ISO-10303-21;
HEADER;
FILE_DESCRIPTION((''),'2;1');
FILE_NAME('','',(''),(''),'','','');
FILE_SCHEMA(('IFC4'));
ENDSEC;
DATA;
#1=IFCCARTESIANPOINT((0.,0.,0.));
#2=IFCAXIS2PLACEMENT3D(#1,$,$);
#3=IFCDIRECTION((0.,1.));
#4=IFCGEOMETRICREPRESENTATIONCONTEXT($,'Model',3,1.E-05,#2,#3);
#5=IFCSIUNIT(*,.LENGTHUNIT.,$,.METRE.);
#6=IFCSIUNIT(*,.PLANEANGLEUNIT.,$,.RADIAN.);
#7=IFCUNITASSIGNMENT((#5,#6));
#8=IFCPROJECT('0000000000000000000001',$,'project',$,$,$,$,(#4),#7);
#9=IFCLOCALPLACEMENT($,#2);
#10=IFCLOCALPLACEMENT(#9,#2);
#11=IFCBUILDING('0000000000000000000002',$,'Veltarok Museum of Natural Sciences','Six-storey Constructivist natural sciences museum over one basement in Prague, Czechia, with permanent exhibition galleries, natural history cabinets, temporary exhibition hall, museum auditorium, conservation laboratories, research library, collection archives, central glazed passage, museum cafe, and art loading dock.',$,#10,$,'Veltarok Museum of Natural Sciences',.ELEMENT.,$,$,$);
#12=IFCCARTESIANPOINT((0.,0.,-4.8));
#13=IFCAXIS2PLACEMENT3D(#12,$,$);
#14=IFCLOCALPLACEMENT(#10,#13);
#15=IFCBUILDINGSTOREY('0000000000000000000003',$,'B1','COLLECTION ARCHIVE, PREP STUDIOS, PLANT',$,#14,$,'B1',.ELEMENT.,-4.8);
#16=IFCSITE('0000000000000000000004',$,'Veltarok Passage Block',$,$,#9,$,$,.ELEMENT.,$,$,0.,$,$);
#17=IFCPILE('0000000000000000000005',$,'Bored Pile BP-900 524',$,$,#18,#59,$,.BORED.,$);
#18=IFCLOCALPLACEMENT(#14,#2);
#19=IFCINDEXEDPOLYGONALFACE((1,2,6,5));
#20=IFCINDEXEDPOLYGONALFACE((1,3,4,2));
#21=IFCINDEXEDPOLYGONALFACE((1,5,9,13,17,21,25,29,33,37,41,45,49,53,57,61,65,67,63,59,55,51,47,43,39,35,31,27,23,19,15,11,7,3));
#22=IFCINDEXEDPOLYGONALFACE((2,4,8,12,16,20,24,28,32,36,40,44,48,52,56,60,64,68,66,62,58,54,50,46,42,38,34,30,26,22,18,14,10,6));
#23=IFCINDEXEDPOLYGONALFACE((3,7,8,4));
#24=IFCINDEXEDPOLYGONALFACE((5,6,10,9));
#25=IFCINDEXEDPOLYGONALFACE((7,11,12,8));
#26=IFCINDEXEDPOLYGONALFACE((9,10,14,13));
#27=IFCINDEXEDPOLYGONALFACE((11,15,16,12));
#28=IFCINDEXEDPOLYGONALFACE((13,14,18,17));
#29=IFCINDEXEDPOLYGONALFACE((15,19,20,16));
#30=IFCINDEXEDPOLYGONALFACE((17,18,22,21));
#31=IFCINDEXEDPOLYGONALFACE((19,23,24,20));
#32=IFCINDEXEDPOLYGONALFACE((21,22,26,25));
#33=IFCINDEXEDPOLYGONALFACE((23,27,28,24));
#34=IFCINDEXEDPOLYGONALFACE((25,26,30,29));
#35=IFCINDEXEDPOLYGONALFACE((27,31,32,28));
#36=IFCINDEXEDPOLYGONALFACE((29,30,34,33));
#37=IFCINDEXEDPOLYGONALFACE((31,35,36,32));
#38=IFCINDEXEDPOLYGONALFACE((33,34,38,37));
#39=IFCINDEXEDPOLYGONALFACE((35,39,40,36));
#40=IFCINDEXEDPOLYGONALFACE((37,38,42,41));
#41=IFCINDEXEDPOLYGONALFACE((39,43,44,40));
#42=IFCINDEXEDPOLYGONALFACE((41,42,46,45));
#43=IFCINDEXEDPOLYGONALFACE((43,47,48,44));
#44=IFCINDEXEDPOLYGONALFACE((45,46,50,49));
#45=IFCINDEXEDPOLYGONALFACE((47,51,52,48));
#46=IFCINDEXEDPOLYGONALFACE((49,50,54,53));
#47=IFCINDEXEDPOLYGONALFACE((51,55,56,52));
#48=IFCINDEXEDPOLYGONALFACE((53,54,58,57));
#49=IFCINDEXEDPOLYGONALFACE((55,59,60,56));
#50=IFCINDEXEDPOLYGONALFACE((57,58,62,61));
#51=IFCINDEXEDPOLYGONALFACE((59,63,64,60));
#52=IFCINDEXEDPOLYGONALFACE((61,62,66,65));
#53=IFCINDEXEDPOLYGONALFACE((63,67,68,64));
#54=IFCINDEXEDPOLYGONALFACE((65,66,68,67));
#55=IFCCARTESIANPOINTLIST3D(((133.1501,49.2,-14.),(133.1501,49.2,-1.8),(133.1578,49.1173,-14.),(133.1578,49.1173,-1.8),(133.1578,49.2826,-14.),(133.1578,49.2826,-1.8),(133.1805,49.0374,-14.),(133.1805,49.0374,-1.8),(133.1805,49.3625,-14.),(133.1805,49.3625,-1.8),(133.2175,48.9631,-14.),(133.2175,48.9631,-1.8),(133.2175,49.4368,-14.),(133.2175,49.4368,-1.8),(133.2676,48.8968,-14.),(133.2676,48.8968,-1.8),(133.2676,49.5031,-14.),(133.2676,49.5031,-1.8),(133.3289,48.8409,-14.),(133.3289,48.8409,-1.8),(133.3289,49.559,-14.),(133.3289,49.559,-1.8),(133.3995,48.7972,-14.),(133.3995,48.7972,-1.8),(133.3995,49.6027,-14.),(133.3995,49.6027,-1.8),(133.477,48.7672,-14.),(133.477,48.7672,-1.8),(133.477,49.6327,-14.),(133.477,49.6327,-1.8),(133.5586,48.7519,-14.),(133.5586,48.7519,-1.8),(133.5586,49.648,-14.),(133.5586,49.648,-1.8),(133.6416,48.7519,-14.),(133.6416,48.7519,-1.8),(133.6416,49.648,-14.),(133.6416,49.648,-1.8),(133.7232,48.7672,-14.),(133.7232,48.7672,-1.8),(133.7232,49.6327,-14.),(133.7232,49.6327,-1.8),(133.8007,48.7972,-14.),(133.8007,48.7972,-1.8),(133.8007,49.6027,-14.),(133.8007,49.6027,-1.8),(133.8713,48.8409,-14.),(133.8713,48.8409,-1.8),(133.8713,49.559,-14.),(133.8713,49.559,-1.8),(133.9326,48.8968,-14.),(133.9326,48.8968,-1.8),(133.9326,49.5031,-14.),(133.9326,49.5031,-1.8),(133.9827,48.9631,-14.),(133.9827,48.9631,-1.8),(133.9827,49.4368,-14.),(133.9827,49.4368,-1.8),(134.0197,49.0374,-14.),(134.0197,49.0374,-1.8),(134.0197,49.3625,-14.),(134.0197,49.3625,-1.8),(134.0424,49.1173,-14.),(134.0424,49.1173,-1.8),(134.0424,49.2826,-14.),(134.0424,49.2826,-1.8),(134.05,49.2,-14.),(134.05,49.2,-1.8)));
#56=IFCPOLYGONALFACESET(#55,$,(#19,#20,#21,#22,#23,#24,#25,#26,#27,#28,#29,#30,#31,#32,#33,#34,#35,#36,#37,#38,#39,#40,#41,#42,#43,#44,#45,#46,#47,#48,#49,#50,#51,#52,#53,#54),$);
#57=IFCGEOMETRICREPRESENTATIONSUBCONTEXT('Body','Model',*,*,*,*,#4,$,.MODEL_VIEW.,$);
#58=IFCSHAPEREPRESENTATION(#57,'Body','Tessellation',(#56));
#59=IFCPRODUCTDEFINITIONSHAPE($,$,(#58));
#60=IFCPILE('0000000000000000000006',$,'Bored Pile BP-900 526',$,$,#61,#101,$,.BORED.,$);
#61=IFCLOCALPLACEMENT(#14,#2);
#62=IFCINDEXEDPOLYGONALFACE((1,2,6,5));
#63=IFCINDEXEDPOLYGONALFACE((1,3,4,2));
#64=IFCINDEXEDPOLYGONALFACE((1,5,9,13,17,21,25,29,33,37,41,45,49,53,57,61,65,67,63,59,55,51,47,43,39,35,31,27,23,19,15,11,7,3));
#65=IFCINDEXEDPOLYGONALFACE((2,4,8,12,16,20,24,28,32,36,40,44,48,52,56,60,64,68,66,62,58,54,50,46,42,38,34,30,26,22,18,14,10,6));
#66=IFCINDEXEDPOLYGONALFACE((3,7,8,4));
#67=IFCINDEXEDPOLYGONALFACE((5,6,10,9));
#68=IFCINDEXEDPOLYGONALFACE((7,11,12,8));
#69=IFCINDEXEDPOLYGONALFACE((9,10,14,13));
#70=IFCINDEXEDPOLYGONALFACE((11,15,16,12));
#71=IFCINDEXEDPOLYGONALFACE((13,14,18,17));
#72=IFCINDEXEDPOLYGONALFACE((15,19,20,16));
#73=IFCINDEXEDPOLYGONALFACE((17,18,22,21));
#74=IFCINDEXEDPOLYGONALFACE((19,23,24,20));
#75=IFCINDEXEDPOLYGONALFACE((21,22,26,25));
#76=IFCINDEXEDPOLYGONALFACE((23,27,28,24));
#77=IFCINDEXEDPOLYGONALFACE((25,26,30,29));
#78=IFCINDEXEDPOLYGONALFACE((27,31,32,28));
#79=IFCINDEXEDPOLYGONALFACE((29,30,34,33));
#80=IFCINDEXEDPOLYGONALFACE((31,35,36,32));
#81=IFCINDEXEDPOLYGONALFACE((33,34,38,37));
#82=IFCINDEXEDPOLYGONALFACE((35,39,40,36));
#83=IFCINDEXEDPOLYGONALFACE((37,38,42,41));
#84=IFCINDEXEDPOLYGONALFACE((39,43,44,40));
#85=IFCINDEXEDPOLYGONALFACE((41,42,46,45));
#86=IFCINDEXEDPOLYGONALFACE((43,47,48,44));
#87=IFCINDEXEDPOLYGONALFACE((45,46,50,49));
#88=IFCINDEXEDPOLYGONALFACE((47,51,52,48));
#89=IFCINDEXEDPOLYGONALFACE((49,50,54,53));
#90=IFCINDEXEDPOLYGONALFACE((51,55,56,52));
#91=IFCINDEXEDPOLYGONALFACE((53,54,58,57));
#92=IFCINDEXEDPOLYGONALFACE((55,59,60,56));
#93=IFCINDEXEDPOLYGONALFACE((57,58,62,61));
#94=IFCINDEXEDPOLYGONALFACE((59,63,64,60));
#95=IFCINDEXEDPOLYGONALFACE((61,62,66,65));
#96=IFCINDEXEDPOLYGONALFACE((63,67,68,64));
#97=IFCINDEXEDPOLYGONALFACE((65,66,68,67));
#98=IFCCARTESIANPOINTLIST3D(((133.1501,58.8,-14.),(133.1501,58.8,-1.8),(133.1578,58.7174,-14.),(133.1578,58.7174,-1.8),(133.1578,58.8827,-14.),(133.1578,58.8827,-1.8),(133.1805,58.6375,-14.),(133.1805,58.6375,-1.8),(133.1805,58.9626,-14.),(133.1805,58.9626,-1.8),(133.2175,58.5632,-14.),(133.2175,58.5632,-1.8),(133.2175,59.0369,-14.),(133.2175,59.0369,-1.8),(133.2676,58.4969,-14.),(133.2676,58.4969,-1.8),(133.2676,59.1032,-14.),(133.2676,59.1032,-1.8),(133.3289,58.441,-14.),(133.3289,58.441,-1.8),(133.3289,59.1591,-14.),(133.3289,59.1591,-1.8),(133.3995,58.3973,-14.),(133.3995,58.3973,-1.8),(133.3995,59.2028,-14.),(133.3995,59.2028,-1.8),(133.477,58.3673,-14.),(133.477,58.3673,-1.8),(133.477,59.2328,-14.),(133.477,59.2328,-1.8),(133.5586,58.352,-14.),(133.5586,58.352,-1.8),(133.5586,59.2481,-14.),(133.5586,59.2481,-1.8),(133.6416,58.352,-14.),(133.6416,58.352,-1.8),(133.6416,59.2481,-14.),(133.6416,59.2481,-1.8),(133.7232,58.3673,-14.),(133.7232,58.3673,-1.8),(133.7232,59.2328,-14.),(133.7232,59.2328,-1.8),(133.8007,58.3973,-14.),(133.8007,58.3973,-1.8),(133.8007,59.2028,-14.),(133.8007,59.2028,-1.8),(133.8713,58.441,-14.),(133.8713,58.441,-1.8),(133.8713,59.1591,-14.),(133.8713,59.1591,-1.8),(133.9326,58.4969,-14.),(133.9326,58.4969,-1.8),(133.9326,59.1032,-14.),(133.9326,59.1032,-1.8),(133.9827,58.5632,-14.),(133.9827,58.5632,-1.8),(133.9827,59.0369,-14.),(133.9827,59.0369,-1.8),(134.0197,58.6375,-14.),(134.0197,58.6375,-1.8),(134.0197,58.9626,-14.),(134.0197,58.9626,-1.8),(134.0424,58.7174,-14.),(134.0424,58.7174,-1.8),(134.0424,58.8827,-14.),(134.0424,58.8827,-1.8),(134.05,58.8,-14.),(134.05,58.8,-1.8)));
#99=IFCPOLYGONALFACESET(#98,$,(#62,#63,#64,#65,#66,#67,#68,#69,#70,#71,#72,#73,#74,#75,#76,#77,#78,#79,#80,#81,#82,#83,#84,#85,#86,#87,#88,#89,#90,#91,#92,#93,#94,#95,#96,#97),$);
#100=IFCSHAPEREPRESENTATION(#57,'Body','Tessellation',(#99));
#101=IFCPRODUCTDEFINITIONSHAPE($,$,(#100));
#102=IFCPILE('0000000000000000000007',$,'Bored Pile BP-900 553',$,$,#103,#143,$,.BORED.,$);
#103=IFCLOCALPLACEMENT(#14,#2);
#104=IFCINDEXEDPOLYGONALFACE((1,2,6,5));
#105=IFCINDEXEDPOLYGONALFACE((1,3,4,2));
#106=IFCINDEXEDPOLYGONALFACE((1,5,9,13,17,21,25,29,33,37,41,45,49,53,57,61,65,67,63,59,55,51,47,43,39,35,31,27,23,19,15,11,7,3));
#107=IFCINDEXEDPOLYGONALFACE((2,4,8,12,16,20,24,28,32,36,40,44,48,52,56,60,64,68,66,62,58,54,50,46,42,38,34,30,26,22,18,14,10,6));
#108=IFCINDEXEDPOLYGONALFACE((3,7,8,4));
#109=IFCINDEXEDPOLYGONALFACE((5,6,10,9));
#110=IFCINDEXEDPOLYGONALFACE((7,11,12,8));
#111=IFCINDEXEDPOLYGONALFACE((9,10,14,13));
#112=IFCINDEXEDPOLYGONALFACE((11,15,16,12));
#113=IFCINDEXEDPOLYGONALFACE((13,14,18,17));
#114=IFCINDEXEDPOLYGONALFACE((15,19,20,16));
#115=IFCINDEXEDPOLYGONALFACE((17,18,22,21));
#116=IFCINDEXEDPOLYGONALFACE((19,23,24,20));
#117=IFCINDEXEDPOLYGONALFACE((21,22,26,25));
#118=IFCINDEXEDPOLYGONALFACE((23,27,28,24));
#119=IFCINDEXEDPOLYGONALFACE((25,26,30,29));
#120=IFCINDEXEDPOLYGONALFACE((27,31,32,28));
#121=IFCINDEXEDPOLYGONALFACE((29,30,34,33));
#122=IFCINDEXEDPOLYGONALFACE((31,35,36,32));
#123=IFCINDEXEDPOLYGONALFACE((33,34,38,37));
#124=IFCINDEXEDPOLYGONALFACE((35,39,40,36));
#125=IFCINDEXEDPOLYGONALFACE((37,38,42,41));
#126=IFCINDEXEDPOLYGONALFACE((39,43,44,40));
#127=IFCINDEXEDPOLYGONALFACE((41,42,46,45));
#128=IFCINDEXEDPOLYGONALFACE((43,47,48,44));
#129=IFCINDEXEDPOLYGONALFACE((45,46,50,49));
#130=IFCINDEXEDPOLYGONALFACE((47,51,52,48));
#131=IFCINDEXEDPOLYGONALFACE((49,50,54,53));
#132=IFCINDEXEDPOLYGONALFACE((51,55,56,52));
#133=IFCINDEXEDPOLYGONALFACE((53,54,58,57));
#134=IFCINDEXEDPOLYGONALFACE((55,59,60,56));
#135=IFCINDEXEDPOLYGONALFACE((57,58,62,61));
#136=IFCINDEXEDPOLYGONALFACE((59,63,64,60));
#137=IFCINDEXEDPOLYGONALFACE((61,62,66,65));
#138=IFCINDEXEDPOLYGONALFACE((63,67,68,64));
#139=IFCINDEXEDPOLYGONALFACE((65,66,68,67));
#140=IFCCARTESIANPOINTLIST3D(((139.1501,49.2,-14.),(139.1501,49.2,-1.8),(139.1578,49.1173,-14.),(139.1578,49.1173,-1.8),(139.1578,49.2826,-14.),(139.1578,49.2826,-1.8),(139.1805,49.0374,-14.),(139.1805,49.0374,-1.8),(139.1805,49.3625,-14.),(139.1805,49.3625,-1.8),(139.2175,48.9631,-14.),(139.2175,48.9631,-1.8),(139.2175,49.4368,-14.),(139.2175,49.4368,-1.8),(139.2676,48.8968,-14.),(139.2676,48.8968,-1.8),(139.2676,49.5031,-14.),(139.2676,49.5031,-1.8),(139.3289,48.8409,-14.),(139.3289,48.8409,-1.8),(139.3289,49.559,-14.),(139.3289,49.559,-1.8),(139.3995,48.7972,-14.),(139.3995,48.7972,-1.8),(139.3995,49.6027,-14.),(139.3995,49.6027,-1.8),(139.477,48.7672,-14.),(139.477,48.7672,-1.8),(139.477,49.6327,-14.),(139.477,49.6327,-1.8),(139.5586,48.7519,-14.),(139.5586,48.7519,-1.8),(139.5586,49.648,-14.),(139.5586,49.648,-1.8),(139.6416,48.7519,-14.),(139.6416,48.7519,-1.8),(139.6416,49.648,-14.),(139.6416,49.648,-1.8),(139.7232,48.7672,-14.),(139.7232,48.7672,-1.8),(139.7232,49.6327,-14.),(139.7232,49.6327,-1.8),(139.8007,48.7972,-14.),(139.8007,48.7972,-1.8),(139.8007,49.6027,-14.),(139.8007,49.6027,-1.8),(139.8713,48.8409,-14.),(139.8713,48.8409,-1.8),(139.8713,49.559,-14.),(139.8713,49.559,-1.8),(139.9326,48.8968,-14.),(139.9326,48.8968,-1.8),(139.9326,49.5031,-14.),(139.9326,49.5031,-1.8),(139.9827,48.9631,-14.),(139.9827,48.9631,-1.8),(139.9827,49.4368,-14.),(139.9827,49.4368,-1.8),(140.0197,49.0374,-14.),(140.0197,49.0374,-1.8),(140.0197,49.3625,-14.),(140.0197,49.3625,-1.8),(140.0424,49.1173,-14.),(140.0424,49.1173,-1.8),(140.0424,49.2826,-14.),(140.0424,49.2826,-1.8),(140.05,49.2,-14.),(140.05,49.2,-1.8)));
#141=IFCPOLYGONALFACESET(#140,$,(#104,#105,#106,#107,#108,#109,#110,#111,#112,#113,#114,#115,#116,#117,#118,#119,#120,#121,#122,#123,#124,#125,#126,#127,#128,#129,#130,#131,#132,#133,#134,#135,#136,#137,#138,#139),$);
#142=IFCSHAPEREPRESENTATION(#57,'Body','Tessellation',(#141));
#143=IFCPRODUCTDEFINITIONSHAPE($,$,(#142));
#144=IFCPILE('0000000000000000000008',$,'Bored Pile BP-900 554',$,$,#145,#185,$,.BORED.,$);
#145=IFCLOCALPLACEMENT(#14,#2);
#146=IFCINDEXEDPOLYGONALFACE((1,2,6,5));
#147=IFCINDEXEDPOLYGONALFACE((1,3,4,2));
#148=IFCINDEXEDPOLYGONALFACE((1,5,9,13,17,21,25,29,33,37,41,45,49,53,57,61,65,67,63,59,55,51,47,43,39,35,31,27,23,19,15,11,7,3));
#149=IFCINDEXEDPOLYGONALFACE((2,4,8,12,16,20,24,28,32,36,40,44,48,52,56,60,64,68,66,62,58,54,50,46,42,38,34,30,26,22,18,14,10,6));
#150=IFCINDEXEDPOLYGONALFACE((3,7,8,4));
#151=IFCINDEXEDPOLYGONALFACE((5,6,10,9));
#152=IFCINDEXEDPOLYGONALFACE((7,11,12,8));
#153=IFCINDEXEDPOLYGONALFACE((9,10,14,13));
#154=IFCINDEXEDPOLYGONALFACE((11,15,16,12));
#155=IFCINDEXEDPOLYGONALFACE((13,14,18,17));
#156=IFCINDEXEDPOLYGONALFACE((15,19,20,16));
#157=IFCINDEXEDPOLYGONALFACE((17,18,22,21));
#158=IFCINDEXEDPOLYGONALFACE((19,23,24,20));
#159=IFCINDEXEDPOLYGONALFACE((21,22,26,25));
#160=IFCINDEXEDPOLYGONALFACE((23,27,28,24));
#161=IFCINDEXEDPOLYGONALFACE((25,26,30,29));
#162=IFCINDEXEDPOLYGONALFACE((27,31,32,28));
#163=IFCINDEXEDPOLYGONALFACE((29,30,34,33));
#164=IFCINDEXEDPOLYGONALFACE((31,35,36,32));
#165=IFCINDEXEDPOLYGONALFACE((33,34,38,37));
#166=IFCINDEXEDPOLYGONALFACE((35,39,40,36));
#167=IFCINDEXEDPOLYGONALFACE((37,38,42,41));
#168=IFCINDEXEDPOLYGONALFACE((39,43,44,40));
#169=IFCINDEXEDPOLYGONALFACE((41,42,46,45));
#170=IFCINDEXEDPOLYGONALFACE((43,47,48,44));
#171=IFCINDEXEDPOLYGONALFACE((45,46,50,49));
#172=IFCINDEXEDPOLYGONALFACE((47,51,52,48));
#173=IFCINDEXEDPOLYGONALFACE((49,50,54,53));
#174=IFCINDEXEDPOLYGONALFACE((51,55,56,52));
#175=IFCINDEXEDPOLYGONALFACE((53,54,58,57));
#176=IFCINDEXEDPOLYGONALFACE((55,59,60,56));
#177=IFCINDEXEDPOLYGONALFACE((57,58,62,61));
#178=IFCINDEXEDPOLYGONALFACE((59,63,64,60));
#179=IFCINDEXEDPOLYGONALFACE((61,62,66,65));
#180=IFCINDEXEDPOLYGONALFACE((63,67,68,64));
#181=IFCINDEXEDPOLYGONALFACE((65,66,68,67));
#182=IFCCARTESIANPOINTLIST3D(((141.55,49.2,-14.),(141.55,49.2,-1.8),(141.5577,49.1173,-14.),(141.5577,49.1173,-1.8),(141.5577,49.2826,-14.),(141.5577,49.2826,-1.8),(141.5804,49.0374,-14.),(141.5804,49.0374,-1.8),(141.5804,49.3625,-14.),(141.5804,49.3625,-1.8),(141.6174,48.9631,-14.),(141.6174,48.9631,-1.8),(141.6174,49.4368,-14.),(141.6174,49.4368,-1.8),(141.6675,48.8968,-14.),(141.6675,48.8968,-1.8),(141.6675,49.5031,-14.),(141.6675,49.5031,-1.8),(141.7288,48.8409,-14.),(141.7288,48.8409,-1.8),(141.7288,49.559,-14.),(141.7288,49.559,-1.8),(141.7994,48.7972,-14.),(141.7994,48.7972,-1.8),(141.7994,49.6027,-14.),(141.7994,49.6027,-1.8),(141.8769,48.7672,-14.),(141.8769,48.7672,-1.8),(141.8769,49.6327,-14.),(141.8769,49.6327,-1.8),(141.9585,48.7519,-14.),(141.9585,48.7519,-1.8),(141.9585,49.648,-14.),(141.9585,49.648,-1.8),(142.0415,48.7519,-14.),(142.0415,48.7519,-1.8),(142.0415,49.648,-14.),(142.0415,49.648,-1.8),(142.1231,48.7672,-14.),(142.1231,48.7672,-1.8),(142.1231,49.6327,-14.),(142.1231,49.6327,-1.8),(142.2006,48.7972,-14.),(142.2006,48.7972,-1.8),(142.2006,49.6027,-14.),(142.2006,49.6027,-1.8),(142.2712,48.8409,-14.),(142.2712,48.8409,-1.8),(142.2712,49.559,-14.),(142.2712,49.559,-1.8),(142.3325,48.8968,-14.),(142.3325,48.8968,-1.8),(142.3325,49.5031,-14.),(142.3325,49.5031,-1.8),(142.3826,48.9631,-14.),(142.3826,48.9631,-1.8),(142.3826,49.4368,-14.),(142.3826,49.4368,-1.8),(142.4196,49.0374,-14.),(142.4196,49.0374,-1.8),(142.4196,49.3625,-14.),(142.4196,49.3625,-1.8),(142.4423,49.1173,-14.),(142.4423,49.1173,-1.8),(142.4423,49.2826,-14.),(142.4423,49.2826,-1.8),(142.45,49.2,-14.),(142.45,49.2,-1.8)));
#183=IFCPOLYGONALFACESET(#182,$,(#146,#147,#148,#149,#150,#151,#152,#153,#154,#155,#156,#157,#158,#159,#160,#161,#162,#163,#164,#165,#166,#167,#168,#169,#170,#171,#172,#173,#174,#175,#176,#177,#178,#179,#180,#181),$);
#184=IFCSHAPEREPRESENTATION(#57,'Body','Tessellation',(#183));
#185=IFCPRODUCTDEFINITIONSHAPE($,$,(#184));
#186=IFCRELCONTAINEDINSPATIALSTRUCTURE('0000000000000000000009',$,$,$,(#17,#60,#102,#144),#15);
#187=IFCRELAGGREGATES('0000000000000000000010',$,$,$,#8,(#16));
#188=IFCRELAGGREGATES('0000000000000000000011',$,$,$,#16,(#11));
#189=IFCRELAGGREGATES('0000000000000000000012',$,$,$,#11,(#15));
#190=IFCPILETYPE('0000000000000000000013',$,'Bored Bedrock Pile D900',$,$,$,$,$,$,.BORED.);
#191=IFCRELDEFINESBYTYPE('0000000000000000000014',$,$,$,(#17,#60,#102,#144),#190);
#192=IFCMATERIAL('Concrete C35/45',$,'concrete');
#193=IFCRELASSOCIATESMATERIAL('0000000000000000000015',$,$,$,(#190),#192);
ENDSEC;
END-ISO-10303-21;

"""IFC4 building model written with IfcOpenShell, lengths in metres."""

from ifc_helpers import new_model, si_unit, direction, frame, origin, origin_2d, place, context, subcontext, project, spatial, circle, extrude, material, material_profile, profile_set, type_object, element, save


model = new_model("IFC4")

# Units and contexts
model_context = context("Model", 3, precision=1e-05, world=origin(), true_north=direction((0.0, 1.0)))
body_context = subcontext(model_context, "Body", "Model", "MODEL_VIEW")
ifc_project = project(units=[si_unit("LENGTHUNIT", "METRE"), si_unit("PLANEANGLEUNIT", "RADIAN")], contexts=[model_context])

# Site, building, storey
site_placement = place(None, origin())
site = spatial("IfcSite", under=ifc_project, at=site_placement, Name="Veltarok Passage Block", CompositionType="ELEMENT", RefElevation=0.0)
building_placement = place(site_placement, origin())
building = spatial("IfcBuilding", under=site, at=building_placement, Name="Veltarok Museum of Natural Sciences", Description="Six-storey Constructivist natural sciences museum over one basement in Prague, Czechia, with permanent exhibition galleries, natural history cabinets, temporary exhibition hall, museum auditorium, conservation laboratories, research library, collection archives, central glazed passage, museum cafe, and art loading dock.", LongName="Veltarok Museum of Natural Sciences", CompositionType="ELEMENT")
storey_placement = place(building_placement, frame((0.0, 0.0, -4.8)))
storey = spatial("IfcBuildingStorey", under=building, at=storey_placement, Name="B1", Description="COLLECTION ARCHIVE, PREP STUDIOS, PLANT", LongName="B1", CompositionType="ELEMENT", Elevation=-4.8)

# Piles
ifc_material_1 = material(Name="Concrete C35/45", Category="concrete")
ifc_material_profile_1 = material_profile(ifc_material_1, circle(Radius=0.45, at=origin_2d()), Name="BP D900")
ifc_profile_set_1 = profile_set([ifc_material_profile_1], Name="Concrete C35/45")
pile_type = type_object("IfcPileType", Name="Bored Bedrock Pile D900", PredefinedType="BORED", material=ifc_profile_set_1)
for number, where, z_axis, x_axis, name in (
    (1, (133.6001, 49.2, -1.8), (0.0, 0.0, -1.0), (1.0, 0.0, 0.0), "Bored Pile BP-900 524"),
    (2, (133.6001, 58.8, -1.8), (0.0, 0.0, -1.0), (1.0, 0.0, 0.0), "Bored Pile BP-900 526"),
    (3, (139.6001, 49.2, -1.8), (0.0, 0.0, -1.0), (1.0, 0.0, 0.0), "Bored Pile BP-900 553"),
    (4, (142.0, 49.2, -1.8), (0.0, 0.0, -1.0), (1.0, 0.0, 0.0), "Bored Pile BP-900 554"),
):
    element("IfcPile", number, at=place(storey_placement, frame(where, z_axis=z_axis, x_axis=x_axis)), inside=storey, type_object=pile_type, Name=name, PredefinedType="BORED", context=body_context, shape_type="SweptSolid", body=[
        extrude(circle(Radius=0.45, at=origin_2d()), origin(), (0.0, 0.0, 1.0), 12.2),
    ])

save(model, "model.ifc")
